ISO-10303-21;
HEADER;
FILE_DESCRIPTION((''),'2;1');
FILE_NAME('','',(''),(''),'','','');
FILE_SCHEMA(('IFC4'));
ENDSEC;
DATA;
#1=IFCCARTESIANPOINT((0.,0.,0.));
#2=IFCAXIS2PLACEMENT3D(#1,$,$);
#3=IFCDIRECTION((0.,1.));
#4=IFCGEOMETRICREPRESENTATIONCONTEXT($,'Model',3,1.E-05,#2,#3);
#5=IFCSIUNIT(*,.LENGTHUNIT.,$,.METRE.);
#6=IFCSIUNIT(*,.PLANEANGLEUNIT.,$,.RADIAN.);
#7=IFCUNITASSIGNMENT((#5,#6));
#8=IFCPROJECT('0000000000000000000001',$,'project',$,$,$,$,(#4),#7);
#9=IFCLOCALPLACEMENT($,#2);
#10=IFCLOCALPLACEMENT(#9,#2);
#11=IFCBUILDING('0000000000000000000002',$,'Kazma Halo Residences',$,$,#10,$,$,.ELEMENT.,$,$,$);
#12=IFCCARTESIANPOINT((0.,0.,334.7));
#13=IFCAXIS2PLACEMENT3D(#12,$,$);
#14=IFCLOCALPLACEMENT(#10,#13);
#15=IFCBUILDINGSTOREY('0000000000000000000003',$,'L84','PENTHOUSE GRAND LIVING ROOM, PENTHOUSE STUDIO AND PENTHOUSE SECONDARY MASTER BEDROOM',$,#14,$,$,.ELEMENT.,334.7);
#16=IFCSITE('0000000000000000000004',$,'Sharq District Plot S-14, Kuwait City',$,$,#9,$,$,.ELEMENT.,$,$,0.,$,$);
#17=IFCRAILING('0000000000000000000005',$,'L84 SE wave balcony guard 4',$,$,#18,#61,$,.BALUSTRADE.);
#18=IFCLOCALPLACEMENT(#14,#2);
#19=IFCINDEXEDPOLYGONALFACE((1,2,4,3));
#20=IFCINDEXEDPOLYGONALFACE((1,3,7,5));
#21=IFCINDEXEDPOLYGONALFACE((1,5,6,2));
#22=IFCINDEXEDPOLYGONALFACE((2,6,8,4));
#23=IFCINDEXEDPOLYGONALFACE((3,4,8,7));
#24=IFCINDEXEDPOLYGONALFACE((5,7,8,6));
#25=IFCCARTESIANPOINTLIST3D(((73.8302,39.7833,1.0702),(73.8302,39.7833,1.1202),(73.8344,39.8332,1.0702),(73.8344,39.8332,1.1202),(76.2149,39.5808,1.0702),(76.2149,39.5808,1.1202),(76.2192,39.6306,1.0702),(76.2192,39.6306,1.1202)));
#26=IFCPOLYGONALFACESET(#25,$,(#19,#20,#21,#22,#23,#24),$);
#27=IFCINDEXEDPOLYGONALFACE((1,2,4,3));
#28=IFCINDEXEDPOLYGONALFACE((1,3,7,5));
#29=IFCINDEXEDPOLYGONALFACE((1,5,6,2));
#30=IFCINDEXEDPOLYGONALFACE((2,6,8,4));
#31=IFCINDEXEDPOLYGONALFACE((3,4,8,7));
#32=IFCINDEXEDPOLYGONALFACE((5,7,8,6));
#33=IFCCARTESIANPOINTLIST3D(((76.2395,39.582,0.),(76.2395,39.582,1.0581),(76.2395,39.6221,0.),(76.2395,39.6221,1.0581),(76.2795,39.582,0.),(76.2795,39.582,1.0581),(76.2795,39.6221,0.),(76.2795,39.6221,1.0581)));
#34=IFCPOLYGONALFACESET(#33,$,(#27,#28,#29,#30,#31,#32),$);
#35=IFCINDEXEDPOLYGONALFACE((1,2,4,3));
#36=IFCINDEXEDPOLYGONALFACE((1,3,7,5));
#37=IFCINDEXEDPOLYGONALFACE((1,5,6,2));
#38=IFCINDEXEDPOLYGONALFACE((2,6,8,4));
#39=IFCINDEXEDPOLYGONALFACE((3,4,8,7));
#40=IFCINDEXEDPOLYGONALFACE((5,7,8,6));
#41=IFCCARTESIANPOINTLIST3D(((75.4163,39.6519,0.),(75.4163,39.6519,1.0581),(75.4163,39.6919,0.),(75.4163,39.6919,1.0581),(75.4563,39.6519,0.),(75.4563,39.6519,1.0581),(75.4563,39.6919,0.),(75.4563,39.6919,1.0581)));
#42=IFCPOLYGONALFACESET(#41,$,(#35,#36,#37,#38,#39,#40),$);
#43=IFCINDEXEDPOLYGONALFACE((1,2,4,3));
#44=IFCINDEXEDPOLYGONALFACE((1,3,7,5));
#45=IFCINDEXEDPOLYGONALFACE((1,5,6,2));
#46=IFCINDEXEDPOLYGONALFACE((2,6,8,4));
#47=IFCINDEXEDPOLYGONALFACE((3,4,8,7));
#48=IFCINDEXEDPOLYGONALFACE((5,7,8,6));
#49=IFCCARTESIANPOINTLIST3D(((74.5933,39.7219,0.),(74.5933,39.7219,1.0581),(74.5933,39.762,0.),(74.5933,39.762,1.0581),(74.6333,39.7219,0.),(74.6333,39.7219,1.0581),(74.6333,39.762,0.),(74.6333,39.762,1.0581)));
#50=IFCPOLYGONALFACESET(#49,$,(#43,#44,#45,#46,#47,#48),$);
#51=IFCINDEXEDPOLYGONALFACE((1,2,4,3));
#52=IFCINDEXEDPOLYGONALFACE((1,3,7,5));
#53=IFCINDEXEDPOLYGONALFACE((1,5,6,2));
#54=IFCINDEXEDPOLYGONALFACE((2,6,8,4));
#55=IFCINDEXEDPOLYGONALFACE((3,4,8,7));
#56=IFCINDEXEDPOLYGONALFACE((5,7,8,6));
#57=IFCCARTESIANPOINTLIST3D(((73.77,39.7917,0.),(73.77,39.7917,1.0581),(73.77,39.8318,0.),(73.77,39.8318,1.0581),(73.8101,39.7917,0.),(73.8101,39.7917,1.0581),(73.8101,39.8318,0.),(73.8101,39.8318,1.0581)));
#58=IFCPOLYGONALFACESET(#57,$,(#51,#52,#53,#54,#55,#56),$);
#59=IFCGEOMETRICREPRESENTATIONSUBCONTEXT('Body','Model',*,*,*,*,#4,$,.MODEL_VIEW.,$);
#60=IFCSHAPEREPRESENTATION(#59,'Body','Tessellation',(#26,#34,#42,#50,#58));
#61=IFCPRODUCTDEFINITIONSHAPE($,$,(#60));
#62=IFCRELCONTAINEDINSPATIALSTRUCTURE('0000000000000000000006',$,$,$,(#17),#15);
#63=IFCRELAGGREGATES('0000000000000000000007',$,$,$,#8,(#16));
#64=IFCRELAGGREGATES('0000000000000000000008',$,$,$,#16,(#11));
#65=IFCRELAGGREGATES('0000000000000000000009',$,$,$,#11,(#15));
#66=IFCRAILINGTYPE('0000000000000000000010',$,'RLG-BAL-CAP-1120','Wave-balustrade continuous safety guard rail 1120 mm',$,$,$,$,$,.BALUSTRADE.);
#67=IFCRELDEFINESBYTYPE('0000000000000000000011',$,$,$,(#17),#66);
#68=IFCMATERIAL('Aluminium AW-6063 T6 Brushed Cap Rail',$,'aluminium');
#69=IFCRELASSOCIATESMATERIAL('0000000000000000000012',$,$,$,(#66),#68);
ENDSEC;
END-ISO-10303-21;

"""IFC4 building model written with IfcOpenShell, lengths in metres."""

from ifc_helpers import new_model, si_unit, direction, frame, origin, origin_2d, place, context, subcontext, project, spatial, rectangle, extrude, material, type_object, element, save


model = new_model("IFC4")

# Units and contexts
model_context = context("Model", 3, precision=1e-05, world=origin(), true_north=direction((0.0, 1.0)))
body_context = subcontext(model_context, "Body", "Model", "MODEL_VIEW")
ifc_project = project(units=[si_unit("LENGTHUNIT", "METRE"), si_unit("PLANEANGLEUNIT", "RADIAN")], contexts=[model_context])

# Site, building, storey
site_placement = place(None, origin())
site = spatial("IfcSite", under=ifc_project, at=site_placement, Name="Sharq District Plot S-14, Kuwait City", CompositionType="ELEMENT", RefElevation=0.0)
building_placement = place(site_placement, origin())
building = spatial("IfcBuilding", under=site, at=building_placement, Name="Kazma Halo Residences", CompositionType="ELEMENT")
storey_placement = place(building_placement, frame((0.0, 0.0, 334.7)))
storey = spatial("IfcBuildingStorey", under=building, at=storey_placement, Name="L84", Description="PENTHOUSE GRAND LIVING ROOM, PENTHOUSE STUDIO AND PENTHOUSE SECONDARY MASTER BEDROOM", CompositionType="ELEMENT", Elevation=334.7)

# Railing
ifc_material_1 = material(Name="Aluminium AW-6063 T6 Brushed Cap Rail", Category="aluminium")
railing_type = type_object("IfcRailingType", Name="RLG-BAL-CAP-1120", Description="Wave-balustrade continuous safety guard rail 1120 mm", PredefinedType="BALUSTRADE", material=ifc_material_1)
railing_placement = place(storey_placement, frame((76.2595, 39.6021, 0.0)))
element("IfcRailing", 1, at=railing_placement, inside=storey, type_object=railing_type, Name="L84 SE wave balcony guard 4", PredefinedType="BALUSTRADE", context=body_context, shape_type="SweptSolid", body=[
    extrude(rectangle(XDim=0.05, YDim=0.05, at=origin_2d()), frame((-0.0425, 0.0037, 1.0952), z_axis=(-0.996413, 0.084619, 0.0), x_axis=(-0.084619, -0.996413, 0.0)), (0.0, 0.0, 1.0), 2.3933),
    extrude(rectangle(XDim=0.04, YDim=0.04, at=origin_2d()), origin(), (0.0, 0.0, 1.0), 1.0581),
    extrude(rectangle(XDim=0.04, YDim=0.04, at=origin_2d()), frame((-0.8232, 0.0698, 0.0)), (0.0, 0.0, 1.0), 1.0581),
    extrude(rectangle(XDim=0.04, YDim=0.04, at=origin_2d()), frame((-1.6462, 0.1399, 0.0)), (0.0, 0.0, 1.0), 1.0581),
    extrude(rectangle(XDim=0.04, YDim=0.04, at=origin_2d()), frame((-2.4695, 0.2097, 0.0)), (0.0, 0.0, 1.0), 1.0581),
])

save(model, "model.ifc")
